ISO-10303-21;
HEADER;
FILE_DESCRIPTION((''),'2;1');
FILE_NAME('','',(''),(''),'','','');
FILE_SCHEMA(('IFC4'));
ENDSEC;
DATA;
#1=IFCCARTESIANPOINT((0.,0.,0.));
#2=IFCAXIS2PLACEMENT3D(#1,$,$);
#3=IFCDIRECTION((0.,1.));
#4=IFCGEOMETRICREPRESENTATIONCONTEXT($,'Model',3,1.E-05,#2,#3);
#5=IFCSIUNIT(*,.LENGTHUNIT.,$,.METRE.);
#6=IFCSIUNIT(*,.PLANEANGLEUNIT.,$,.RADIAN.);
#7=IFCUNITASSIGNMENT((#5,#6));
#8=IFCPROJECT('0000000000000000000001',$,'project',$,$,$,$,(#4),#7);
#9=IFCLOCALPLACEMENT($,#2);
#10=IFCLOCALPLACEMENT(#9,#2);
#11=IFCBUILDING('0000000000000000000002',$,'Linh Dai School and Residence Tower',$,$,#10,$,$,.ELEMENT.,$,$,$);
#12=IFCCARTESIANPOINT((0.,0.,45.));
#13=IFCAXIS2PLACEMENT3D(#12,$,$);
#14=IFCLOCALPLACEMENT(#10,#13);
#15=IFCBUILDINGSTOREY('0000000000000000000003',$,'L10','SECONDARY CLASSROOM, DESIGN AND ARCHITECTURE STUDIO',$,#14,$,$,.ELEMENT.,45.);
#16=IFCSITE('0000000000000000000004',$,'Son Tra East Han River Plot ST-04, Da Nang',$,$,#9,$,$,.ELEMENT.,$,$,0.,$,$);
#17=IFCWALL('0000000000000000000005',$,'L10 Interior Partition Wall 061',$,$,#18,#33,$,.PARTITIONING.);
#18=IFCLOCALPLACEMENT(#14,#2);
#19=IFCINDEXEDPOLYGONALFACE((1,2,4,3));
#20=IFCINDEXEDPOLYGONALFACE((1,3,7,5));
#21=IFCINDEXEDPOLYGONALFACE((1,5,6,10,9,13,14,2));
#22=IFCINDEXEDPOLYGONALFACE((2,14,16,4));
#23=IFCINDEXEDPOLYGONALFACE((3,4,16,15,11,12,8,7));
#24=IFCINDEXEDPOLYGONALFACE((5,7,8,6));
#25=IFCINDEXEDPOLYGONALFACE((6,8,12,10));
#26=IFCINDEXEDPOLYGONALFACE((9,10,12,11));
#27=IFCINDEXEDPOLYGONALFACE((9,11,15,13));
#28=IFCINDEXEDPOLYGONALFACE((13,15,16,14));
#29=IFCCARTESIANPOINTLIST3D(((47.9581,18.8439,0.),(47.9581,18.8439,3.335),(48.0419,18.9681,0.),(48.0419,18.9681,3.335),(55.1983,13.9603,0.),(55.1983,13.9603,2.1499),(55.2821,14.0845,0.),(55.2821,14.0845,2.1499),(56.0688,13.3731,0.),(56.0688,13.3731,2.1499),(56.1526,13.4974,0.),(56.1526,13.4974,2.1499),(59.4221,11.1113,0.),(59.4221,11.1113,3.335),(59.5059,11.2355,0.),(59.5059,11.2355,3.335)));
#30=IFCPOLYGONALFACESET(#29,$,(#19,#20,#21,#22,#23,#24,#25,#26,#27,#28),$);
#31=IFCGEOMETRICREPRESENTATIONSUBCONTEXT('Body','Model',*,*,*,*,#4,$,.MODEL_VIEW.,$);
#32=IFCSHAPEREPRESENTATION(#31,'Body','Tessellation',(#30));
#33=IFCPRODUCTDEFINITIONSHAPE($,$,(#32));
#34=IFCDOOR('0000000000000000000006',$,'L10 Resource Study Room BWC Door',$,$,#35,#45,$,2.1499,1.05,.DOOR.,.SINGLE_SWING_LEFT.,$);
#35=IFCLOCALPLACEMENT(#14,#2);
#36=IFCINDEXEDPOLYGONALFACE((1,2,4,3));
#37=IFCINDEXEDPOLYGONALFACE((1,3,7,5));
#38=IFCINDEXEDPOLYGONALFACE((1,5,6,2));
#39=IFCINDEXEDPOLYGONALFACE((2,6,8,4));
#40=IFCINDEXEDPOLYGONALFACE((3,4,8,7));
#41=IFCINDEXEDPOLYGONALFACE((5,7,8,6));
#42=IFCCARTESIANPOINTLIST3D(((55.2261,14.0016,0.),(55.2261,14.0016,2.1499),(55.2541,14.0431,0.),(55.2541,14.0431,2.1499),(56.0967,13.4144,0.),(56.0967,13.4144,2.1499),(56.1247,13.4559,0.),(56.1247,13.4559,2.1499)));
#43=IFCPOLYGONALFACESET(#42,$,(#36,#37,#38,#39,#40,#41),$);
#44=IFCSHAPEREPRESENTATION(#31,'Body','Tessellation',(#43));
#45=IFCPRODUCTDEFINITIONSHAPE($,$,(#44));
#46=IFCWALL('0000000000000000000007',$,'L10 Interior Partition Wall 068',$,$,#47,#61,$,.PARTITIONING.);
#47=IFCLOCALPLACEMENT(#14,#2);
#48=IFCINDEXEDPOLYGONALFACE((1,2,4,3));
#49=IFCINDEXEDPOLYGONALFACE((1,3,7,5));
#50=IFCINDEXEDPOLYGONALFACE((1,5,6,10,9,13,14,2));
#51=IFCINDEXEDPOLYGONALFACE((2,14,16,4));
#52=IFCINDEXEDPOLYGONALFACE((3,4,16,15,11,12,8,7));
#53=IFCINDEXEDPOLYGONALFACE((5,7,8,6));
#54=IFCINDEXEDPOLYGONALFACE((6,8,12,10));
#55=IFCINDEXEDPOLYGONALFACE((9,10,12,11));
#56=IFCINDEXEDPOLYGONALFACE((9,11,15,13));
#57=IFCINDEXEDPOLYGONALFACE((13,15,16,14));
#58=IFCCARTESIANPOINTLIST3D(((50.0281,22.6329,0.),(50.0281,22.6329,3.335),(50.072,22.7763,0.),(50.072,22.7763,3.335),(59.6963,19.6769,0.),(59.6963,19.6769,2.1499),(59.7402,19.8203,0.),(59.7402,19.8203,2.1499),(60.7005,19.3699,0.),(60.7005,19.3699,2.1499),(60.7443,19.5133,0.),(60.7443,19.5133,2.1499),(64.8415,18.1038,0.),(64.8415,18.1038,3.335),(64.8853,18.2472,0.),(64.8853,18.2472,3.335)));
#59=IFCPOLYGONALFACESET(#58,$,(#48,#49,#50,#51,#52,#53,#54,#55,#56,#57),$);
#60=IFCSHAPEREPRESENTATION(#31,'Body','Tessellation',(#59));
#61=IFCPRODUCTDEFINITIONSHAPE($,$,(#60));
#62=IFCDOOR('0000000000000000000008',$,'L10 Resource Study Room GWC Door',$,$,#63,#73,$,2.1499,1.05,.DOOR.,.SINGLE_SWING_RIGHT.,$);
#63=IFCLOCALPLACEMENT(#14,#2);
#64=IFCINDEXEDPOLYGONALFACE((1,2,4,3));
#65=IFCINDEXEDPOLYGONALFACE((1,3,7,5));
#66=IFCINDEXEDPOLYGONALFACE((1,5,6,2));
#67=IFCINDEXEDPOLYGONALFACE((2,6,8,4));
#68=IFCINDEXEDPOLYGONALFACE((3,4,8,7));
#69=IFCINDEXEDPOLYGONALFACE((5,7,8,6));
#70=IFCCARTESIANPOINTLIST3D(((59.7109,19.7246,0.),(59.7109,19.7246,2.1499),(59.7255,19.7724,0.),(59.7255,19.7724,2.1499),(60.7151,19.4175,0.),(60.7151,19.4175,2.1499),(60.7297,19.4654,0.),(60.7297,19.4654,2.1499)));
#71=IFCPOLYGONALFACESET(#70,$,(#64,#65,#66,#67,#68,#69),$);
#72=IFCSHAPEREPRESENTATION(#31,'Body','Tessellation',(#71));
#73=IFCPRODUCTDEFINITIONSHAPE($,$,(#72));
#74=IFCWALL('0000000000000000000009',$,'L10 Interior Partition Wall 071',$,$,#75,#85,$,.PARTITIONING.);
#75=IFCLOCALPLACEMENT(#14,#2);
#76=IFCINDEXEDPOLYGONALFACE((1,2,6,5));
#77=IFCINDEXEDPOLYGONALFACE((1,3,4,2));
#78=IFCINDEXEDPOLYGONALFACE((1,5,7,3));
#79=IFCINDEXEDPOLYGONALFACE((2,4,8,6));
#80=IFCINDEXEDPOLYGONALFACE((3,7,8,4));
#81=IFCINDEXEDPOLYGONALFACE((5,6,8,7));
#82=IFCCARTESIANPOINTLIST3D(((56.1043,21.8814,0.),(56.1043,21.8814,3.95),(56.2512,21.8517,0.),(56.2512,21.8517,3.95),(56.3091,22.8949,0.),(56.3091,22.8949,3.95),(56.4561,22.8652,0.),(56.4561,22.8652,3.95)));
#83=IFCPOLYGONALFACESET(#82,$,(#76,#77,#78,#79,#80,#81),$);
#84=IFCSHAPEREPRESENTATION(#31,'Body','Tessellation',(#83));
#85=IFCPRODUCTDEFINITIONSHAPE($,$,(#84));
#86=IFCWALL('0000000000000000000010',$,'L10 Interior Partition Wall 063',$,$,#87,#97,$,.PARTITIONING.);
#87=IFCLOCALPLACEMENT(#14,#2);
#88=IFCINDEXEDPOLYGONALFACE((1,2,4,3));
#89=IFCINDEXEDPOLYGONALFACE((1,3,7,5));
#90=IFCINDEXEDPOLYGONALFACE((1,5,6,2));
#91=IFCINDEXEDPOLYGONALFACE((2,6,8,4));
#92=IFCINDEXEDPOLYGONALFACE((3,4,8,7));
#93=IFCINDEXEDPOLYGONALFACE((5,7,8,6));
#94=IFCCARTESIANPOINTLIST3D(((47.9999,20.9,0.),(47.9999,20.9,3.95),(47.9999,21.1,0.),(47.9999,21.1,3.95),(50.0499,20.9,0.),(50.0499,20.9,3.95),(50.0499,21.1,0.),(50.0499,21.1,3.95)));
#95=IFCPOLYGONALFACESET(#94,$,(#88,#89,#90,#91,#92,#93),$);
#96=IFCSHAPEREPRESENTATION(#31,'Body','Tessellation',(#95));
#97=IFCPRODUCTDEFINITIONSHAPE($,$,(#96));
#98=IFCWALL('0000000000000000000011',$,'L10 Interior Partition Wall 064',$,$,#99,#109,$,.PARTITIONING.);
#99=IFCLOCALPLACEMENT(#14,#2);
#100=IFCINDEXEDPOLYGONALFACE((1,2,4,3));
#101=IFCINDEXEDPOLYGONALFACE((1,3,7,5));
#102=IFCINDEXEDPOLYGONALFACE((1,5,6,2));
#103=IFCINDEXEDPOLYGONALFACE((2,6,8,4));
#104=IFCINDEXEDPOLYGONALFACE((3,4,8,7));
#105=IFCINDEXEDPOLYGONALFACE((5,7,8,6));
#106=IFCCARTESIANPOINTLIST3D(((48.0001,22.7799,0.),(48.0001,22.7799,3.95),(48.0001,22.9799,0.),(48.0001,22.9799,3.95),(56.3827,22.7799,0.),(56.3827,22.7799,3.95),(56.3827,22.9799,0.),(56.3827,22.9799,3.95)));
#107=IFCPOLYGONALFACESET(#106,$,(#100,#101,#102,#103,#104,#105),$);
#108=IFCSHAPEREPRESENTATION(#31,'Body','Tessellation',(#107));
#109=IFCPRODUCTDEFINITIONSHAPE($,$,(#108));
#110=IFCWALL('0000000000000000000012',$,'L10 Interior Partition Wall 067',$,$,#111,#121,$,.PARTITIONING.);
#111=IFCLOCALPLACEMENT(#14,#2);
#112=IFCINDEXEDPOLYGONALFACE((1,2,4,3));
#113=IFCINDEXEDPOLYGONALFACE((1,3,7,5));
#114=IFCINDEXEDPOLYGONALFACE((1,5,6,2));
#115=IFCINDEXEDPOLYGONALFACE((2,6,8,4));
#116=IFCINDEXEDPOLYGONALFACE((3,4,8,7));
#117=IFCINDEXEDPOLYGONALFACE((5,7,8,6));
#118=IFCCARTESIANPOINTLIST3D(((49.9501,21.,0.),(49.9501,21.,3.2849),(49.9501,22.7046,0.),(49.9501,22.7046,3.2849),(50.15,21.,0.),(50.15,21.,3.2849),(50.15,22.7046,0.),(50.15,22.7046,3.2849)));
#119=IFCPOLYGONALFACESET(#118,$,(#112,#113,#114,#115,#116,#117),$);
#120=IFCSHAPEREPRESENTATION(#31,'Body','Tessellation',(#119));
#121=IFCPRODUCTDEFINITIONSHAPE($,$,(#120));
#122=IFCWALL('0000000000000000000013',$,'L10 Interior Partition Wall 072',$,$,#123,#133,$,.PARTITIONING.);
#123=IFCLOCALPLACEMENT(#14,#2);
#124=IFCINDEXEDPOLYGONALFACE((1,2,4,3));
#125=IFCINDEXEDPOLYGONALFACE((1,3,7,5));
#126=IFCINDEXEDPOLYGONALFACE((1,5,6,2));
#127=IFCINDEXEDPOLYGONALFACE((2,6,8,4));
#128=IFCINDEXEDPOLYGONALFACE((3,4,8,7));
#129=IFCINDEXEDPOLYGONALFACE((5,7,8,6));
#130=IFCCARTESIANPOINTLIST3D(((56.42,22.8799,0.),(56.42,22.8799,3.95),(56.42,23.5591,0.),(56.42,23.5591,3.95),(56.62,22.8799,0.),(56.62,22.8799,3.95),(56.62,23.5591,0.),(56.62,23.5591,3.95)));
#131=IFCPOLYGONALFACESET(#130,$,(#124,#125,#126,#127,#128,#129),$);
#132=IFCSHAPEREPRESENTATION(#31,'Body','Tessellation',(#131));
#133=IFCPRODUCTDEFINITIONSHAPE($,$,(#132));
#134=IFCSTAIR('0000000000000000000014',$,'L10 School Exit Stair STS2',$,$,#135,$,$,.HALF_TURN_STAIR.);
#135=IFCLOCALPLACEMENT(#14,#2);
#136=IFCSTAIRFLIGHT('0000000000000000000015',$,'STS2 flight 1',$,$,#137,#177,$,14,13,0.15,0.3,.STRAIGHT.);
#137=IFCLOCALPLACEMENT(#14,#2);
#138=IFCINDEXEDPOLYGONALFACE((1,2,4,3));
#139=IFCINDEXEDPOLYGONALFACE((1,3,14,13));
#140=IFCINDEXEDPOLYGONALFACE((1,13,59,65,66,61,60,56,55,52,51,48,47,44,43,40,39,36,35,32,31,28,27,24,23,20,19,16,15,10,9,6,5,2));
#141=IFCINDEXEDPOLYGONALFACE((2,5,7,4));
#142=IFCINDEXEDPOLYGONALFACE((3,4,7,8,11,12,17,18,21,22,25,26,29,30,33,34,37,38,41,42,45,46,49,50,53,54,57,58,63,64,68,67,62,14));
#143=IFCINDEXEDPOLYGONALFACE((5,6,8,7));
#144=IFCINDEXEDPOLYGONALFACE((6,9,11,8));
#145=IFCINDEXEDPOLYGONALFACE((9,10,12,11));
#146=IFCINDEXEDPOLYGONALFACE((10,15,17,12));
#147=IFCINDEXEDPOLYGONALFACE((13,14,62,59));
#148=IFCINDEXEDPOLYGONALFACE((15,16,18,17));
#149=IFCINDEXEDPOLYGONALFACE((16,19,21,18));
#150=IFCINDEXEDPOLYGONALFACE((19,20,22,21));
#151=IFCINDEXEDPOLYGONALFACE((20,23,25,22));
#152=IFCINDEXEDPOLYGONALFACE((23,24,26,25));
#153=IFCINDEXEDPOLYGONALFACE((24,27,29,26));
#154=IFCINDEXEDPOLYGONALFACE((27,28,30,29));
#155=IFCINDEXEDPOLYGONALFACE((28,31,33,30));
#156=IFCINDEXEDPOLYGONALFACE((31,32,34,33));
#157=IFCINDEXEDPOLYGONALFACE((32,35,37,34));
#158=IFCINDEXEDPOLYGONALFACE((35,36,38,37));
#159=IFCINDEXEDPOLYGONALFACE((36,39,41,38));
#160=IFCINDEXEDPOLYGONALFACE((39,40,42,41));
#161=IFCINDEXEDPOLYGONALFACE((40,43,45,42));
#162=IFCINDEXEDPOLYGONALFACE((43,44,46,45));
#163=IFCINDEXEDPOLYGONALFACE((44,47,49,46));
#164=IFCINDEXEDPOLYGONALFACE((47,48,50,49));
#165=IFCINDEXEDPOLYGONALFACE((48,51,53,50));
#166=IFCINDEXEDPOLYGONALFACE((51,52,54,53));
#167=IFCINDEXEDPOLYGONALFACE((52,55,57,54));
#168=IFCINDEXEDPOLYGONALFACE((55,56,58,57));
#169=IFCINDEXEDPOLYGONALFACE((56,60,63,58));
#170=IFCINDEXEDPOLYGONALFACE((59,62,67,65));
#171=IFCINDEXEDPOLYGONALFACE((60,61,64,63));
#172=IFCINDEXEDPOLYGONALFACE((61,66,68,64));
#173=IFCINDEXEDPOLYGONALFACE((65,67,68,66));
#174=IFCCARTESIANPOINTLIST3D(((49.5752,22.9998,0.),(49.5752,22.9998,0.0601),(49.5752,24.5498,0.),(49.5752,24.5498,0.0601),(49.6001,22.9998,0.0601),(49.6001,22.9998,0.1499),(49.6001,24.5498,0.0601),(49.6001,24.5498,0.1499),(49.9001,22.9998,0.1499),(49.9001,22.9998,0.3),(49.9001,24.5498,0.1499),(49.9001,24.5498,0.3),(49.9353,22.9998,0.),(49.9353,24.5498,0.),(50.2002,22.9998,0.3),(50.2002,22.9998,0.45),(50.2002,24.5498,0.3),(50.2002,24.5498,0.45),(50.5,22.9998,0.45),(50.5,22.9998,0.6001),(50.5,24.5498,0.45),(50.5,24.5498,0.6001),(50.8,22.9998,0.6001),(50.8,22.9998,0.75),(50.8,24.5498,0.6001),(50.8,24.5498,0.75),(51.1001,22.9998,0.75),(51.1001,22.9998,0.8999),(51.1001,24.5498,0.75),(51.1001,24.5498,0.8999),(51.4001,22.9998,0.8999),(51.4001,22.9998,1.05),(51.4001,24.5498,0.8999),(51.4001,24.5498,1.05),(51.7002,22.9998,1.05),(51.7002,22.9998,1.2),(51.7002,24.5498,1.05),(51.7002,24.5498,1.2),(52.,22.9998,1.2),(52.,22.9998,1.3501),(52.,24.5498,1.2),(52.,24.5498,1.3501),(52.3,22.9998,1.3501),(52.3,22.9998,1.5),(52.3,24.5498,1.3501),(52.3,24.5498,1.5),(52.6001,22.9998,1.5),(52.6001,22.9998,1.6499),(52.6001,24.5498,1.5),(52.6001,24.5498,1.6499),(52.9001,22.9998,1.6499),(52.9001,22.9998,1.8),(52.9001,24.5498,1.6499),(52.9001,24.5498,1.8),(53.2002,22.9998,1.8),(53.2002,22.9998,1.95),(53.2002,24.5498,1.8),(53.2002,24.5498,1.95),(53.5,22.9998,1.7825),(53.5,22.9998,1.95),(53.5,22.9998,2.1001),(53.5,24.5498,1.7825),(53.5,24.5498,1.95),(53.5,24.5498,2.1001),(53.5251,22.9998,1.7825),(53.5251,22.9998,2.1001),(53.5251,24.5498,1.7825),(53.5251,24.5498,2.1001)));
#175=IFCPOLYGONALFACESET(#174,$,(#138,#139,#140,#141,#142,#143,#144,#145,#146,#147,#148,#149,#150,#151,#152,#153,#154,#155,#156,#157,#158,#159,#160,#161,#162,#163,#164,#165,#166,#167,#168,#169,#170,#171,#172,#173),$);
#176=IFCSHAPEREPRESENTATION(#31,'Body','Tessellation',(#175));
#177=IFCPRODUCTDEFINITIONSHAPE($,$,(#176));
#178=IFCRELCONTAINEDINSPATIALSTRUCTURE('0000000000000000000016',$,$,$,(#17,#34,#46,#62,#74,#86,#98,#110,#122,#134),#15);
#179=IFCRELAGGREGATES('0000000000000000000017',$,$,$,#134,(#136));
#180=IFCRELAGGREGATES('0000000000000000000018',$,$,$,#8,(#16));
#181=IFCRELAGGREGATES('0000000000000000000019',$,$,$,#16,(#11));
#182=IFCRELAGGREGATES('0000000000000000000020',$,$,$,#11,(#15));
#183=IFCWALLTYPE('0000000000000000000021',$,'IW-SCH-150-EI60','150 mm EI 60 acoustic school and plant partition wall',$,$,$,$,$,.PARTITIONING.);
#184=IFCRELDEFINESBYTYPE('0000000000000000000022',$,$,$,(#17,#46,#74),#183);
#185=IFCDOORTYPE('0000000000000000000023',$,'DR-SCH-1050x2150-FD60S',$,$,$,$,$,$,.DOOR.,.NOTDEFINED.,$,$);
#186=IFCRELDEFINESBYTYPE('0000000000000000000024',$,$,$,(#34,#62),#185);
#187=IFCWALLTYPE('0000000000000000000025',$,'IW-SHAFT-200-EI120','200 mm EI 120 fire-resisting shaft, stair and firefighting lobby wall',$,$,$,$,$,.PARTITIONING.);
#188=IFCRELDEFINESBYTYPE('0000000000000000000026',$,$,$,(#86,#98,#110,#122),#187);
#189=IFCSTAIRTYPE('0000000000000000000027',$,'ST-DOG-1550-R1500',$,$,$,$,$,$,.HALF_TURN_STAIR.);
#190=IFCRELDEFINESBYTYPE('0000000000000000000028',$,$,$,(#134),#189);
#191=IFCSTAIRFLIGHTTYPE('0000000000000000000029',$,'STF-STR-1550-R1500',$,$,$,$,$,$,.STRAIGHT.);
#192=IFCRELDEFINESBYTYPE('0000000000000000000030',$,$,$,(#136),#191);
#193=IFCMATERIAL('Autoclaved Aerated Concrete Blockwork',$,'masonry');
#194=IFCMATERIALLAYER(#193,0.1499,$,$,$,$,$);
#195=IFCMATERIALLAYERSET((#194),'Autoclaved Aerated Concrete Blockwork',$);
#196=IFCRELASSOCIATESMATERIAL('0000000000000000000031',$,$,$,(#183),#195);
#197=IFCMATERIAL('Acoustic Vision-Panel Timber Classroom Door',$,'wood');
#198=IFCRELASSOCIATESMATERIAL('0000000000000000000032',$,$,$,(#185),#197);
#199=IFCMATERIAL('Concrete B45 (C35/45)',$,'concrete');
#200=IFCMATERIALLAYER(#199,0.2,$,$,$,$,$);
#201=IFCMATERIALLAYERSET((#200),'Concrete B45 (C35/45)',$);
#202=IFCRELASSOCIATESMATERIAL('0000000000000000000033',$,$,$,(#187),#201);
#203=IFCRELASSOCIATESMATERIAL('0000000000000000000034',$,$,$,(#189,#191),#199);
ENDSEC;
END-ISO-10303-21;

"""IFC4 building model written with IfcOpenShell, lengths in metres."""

from ifc_helpers import new_model, si_unit, direction, frame, frame_2d, origin, origin_2d, place, context, subcontext, project, spatial, polyline, rectangle, outline, extrude, source, transform, mapped, material, layer, layer_set, type_object, element, fill, aggregate, save


model = new_model("IFC4")

# Units and contexts
model_context = context("Model", 3, precision=1e-05, world=origin(), true_north=direction((0.0, 1.0)))
body_context = subcontext(model_context, "Body", "Model", "MODEL_VIEW")
ifc_project = project(units=[si_unit("LENGTHUNIT", "METRE"), si_unit("PLANEANGLEUNIT", "RADIAN")], contexts=[model_context])

# Site, building, storey
site_placement = place(None, origin())
site = spatial("IfcSite", under=ifc_project, at=site_placement, Name="Son Tra East Han River Plot ST-04, Da Nang", CompositionType="ELEMENT", RefElevation=0.0)
building_placement = place(site_placement, origin())
building = spatial("IfcBuilding", under=site, at=building_placement, Name="Linh Dai School and Residence Tower", CompositionType="ELEMENT")
storey_placement = place(building_placement, frame((0.0, 0.0, 45.0)))
storey = spatial("IfcBuildingStorey", under=building, at=storey_placement, Name="L10", Description="SECONDARY CLASSROOM, DESIGN AND ARCHITECTURE STUDIO", CompositionType="ELEMENT", Elevation=45.0)

# Walls, openings, doors
ifc_material_1 = material(Name="Autoclaved Aerated Concrete Blockwork", Category="masonry")
ifc_layer_1 = layer(ifc_material_1, 0.1499)
ifc_layer_set_1 = layer_set([ifc_layer_1], Name="Autoclaved Aerated Concrete Blockwork")
wall_type_1 = type_object("IfcWallType", Name="IW-SCH-150-EI60", Description="150 mm EI 60 acoustic school and plant partition wall", PredefinedType="PARTITIONING", material=ifc_layer_set_1)
wall_1_placement = place(storey_placement, frame((48.0, 18.906, 0.0), z_axis=(0.0, 0.0, 1.0), x_axis=(0.829037, -0.559194, 0.0)))
wall_1 = element("IfcWall", 1, at=wall_1_placement, inside=storey, type_object=wall_type_1, Name="L10 Interior Partition Wall 061", PredefinedType="PARTITIONING", context=body_context, shape_type="SweptSolid", body=[
    extrude(rectangle(XDim=13.8281, YDim=0.1499, at=frame_2d((6.9141, 0.0))), origin(), (0.0, 0.0, 1.0), 3.335),
])
opening_1_placement = place(wall_1_placement, frame((8.7334, 0.0, 0.0)))
opening_1 = element("IfcOpeningElement", 2, at=opening_1_placement, cuts=wall_1, PredefinedType="OPENING", context=body_context, shape_type="SweptSolid", body=[
    extrude(rectangle(XDim=1.05, YDim=2.1499, at=origin_2d()), frame((0.5249, 0.085, 1.075), z_axis=(0.0, -1.0, 0.0), x_axis=(1.0, 0.0, 0.0)), (0.0, 0.0, 1.0), 0.1699),
])
ifc_material_2 = material(Name="Acoustic Vision-Panel Timber Classroom Door", Category="wood")
door_type_1 = type_object("IfcDoorType", Name="DR-SCH-1050x2150-FD60S", OperationType="NOTDEFINED", PredefinedType="DOOR", material=ifc_material_2)
shared_shape_1 = source(origin(), body_context, "Body", "SweptSolid", [
    extrude(rectangle(XDim=1.05, YDim=2.1499, at=origin_2d()), frame((0.5249, 0.0249, 1.075), z_axis=(0.0, -1.0, 0.0), x_axis=(1.0, 0.0, 0.0)), (0.0, 0.0, 1.0), 0.05),
])
door_1_placement = place(opening_1_placement, origin())
door_1 = element("IfcDoor", 3, at=door_1_placement, inside=storey, type_object=door_type_1, Name="L10 Resource Study Room BWC Door", OperationType="SINGLE_SWING_LEFT", OverallHeight=2.1499, OverallWidth=1.05, PredefinedType="DOOR", context=body_context, shape_type="MappedRepresentation", body=[
    mapped(shared_shape_1, transform((0.0, 0.0, 0.0), x_axis=(1.0, 0.0, 0.0), y_axis=(0.0, 1.0, 0.0), z_axis=(0.0, 0.0, 1.0), scale=1.0)),
])
fill(opening_1, door_1)
wall_2_placement = place(storey_placement, frame((50.05, 22.7046, 0.0), z_axis=(0.0, 0.0, 1.0), x_axis=(0.956301, -0.292383, 0.0)))
wall_2 = element("IfcWall", 4, at=wall_2_placement, inside=storey, type_object=wall_type_1, Name="L10 Interior Partition Wall 068", PredefinedType="PARTITIONING", context=body_context, shape_type="SweptSolid", body=[
    extrude(rectangle(XDim=15.4902, YDim=0.1499, at=frame_2d((7.7451, 0.0))), origin(), (0.0, 0.0, 1.0), 3.335),
])
opening_2_placement = place(wall_2_placement, frame((10.1101, 0.0, 0.0)))
opening_2 = element("IfcOpeningElement", 5, at=opening_2_placement, cuts=wall_2, PredefinedType="OPENING", context=body_context, shape_type="SweptSolid", body=[
    extrude(rectangle(XDim=1.05, YDim=2.1499, at=origin_2d()), frame((0.5249, 0.085, 1.075), z_axis=(0.0, -1.0, 0.0), x_axis=(1.0, 0.0, 0.0)), (0.0, 0.0, 1.0), 0.1699),
])
door_2_placement = place(opening_2_placement, origin())
door_2 = element("IfcDoor", 6, at=door_2_placement, inside=storey, type_object=door_type_1, Name="L10 Resource Study Room GWC Door", OperationType="SINGLE_SWING_RIGHT", OverallHeight=2.1499, OverallWidth=1.05, PredefinedType="DOOR", context=body_context, shape_type="MappedRepresentation", body=[
    mapped(shared_shape_1, transform((0.0, 0.0, 0.0), x_axis=(1.0, 0.0, 0.0), y_axis=(0.0, 1.0, 0.0), z_axis=(0.0, 0.0, 1.0), scale=1.0)),
])
fill(opening_2, door_2)

# Wall
wall_3_placement = place(storey_placement, frame((56.1777, 21.8665, 0.0), z_axis=(0.0, 0.0, 1.0), x_axis=(0.198114, 0.980179, 0.0)))
element("IfcWall", 7, at=wall_3_placement, inside=storey, type_object=wall_type_1, Name="L10 Interior Partition Wall 071", PredefinedType="PARTITIONING", context=body_context, shape_type="SweptSolid", body=[
    extrude(rectangle(XDim=1.0339, YDim=0.1499, at=frame_2d((0.5171, 0.0))), origin(), (0.0, 0.0, 1.0), 3.95),
])

# Shared definitions
ifc_material_3 = material(Name="Concrete B45 (C35/45)", Category="concrete")
ifc_layer_2 = layer(ifc_material_3, 0.2)
ifc_layer_set_2 = layer_set([ifc_layer_2], Name="Concrete B45 (C35/45)")
wall_type_2 = type_object("IfcWallType", Name="IW-SHAFT-200-EI120", Description="200 mm EI 120 fire-resisting shaft, stair and firefighting lobby wall", PredefinedType="PARTITIONING", material=ifc_layer_set_2)

# Walls
wall_4_placement = place(storey_placement, frame((48.0, 21.0, 0.0), z_axis=(0.0, 0.0, 1.0), x_axis=(1.0, 0.0, 0.0)))
element("IfcWall", 8, at=wall_4_placement, inside=storey, type_object=wall_type_2, Name="L10 Interior Partition Wall 063", PredefinedType="PARTITIONING", context=body_context, shape_type="SweptSolid", body=[
    extrude(rectangle(XDim=2.05, YDim=0.2, at=frame_2d((1.0249, 0.0))), origin(), (0.0, 0.0, 1.0), 3.95),
])
wall_5_placement = place(storey_placement, frame((48.0, 22.8799, 0.0), z_axis=(0.0, 0.0, 1.0), x_axis=(1.0, 0.0, 0.0)))
element("IfcWall", 9, at=wall_5_placement, inside=storey, type_object=wall_type_2, Name="L10 Interior Partition Wall 064", PredefinedType="PARTITIONING", context=body_context, shape_type="SweptSolid", body=[
    extrude(rectangle(XDim=8.3826, YDim=0.2, at=frame_2d((4.1914, 0.0))), origin(), (0.0, 0.0, 1.0), 3.95),
])
wall_6_placement = place(storey_placement, frame((50.05, 21.0, 0.0), z_axis=(0.0, 0.0, 1.0), x_axis=(0.0, 1.0, 0.0)))
element("IfcWall", 10, at=wall_6_placement, inside=storey, type_object=wall_type_2, Name="L10 Interior Partition Wall 067", PredefinedType="PARTITIONING", context=body_context, shape_type="SweptSolid", body=[
    extrude(rectangle(XDim=1.7046, YDim=0.2, at=frame_2d((0.8523, 0.0))), origin(), (0.0, 0.0, 1.0), 3.2849),
])
wall_7_placement = place(storey_placement, frame((56.52, 22.8799, 0.0), z_axis=(0.0, 0.0, 1.0), x_axis=(0.0, 1.0, 0.0)))
element("IfcWall", 11, at=wall_7_placement, inside=storey, type_object=wall_type_2, Name="L10 Interior Partition Wall 072", PredefinedType="PARTITIONING", context=body_context, shape_type="SweptSolid", body=[
    extrude(rectangle(XDim=0.6792, YDim=0.2, at=frame_2d((0.3396, 0.0))), origin(), (0.0, 0.0, 1.0), 3.95),
])

# Stair, stair flight
stair_type = type_object("IfcStairType", Name="ST-DOG-1550-R1500", PredefinedType="HALF_TURN_STAIR", material=ifc_material_3)
stair_placement = place(storey_placement, origin())
stair = element("IfcStair", 12, at=stair_placement, inside=storey, type_object=stair_type, Name="L10 School Exit Stair STS2", PredefinedType="HALF_TURN_STAIR")
stair_flight_type = type_object("IfcStairFlightType", Name="STF-STR-1550-R1500", PredefinedType="STRAIGHT", material=ifc_material_3)
shared_shape_2 = source(origin(), body_context, "Body", "SweptSolid", [
    extrude(outline(polyline([(-0.0249, 0.0), (-0.0249, 0.0601), (0.0, 0.0601), (0.0, 0.1499), (0.3, 0.1499), (0.3, 0.3), (0.6001, 0.3), (0.6001, 0.45), (0.8999, 0.45), (0.8999, 0.6001), (1.2, 0.6001), (1.2, 0.75), (1.5, 0.75), (1.5, 0.8999), (1.8, 0.8999), (1.8, 1.05), (2.1001, 1.05), (2.1001, 1.2), (2.3999, 1.2), (2.3999, 1.3501), (2.7, 1.3501), (2.7, 1.5), (3.0, 1.5), (3.0, 1.6499), (3.3, 1.6499), (3.3, 1.8), (3.6001, 1.8), (3.6001, 1.95), (3.8999, 1.95), (3.8999, 2.1001), (3.925, 2.1001), (3.925, 1.7825), (3.8999, 1.7825), (0.3352, 0.0), (-0.0249, 0.0)])), frame((0.0, 0.7749, 0.0), z_axis=(0.0, -1.0, 0.0), x_axis=(1.0, 0.0, 0.0)), (0.0, 0.0, 1.0), 1.55),
])
stair_flight_placement = place(storey_placement, frame((49.6001, 23.7749, 0.0), z_axis=(0.0, 0.0, 1.0), x_axis=(1.0, 0.0, 0.0)))
stair_flight = element("IfcStairFlight", 13, at=stair_flight_placement, type_object=stair_flight_type, Name="STS2 flight 1", NumberOfRisers=14, NumberOfTreads=13, PredefinedType="STRAIGHT", RiserHeight=0.15, TreadLength=0.3, context=body_context, shape_type="MappedRepresentation", body=[
    mapped(shared_shape_2, transform((0.0, 0.0, 0.0), x_axis=(1.0, 0.0, 0.0), y_axis=(0.0, 1.0, 0.0), z_axis=(0.0, 0.0, 1.0), scale=1.0)),
])
aggregate(stair, [stair_flight])

save(model, "model.ifc")
